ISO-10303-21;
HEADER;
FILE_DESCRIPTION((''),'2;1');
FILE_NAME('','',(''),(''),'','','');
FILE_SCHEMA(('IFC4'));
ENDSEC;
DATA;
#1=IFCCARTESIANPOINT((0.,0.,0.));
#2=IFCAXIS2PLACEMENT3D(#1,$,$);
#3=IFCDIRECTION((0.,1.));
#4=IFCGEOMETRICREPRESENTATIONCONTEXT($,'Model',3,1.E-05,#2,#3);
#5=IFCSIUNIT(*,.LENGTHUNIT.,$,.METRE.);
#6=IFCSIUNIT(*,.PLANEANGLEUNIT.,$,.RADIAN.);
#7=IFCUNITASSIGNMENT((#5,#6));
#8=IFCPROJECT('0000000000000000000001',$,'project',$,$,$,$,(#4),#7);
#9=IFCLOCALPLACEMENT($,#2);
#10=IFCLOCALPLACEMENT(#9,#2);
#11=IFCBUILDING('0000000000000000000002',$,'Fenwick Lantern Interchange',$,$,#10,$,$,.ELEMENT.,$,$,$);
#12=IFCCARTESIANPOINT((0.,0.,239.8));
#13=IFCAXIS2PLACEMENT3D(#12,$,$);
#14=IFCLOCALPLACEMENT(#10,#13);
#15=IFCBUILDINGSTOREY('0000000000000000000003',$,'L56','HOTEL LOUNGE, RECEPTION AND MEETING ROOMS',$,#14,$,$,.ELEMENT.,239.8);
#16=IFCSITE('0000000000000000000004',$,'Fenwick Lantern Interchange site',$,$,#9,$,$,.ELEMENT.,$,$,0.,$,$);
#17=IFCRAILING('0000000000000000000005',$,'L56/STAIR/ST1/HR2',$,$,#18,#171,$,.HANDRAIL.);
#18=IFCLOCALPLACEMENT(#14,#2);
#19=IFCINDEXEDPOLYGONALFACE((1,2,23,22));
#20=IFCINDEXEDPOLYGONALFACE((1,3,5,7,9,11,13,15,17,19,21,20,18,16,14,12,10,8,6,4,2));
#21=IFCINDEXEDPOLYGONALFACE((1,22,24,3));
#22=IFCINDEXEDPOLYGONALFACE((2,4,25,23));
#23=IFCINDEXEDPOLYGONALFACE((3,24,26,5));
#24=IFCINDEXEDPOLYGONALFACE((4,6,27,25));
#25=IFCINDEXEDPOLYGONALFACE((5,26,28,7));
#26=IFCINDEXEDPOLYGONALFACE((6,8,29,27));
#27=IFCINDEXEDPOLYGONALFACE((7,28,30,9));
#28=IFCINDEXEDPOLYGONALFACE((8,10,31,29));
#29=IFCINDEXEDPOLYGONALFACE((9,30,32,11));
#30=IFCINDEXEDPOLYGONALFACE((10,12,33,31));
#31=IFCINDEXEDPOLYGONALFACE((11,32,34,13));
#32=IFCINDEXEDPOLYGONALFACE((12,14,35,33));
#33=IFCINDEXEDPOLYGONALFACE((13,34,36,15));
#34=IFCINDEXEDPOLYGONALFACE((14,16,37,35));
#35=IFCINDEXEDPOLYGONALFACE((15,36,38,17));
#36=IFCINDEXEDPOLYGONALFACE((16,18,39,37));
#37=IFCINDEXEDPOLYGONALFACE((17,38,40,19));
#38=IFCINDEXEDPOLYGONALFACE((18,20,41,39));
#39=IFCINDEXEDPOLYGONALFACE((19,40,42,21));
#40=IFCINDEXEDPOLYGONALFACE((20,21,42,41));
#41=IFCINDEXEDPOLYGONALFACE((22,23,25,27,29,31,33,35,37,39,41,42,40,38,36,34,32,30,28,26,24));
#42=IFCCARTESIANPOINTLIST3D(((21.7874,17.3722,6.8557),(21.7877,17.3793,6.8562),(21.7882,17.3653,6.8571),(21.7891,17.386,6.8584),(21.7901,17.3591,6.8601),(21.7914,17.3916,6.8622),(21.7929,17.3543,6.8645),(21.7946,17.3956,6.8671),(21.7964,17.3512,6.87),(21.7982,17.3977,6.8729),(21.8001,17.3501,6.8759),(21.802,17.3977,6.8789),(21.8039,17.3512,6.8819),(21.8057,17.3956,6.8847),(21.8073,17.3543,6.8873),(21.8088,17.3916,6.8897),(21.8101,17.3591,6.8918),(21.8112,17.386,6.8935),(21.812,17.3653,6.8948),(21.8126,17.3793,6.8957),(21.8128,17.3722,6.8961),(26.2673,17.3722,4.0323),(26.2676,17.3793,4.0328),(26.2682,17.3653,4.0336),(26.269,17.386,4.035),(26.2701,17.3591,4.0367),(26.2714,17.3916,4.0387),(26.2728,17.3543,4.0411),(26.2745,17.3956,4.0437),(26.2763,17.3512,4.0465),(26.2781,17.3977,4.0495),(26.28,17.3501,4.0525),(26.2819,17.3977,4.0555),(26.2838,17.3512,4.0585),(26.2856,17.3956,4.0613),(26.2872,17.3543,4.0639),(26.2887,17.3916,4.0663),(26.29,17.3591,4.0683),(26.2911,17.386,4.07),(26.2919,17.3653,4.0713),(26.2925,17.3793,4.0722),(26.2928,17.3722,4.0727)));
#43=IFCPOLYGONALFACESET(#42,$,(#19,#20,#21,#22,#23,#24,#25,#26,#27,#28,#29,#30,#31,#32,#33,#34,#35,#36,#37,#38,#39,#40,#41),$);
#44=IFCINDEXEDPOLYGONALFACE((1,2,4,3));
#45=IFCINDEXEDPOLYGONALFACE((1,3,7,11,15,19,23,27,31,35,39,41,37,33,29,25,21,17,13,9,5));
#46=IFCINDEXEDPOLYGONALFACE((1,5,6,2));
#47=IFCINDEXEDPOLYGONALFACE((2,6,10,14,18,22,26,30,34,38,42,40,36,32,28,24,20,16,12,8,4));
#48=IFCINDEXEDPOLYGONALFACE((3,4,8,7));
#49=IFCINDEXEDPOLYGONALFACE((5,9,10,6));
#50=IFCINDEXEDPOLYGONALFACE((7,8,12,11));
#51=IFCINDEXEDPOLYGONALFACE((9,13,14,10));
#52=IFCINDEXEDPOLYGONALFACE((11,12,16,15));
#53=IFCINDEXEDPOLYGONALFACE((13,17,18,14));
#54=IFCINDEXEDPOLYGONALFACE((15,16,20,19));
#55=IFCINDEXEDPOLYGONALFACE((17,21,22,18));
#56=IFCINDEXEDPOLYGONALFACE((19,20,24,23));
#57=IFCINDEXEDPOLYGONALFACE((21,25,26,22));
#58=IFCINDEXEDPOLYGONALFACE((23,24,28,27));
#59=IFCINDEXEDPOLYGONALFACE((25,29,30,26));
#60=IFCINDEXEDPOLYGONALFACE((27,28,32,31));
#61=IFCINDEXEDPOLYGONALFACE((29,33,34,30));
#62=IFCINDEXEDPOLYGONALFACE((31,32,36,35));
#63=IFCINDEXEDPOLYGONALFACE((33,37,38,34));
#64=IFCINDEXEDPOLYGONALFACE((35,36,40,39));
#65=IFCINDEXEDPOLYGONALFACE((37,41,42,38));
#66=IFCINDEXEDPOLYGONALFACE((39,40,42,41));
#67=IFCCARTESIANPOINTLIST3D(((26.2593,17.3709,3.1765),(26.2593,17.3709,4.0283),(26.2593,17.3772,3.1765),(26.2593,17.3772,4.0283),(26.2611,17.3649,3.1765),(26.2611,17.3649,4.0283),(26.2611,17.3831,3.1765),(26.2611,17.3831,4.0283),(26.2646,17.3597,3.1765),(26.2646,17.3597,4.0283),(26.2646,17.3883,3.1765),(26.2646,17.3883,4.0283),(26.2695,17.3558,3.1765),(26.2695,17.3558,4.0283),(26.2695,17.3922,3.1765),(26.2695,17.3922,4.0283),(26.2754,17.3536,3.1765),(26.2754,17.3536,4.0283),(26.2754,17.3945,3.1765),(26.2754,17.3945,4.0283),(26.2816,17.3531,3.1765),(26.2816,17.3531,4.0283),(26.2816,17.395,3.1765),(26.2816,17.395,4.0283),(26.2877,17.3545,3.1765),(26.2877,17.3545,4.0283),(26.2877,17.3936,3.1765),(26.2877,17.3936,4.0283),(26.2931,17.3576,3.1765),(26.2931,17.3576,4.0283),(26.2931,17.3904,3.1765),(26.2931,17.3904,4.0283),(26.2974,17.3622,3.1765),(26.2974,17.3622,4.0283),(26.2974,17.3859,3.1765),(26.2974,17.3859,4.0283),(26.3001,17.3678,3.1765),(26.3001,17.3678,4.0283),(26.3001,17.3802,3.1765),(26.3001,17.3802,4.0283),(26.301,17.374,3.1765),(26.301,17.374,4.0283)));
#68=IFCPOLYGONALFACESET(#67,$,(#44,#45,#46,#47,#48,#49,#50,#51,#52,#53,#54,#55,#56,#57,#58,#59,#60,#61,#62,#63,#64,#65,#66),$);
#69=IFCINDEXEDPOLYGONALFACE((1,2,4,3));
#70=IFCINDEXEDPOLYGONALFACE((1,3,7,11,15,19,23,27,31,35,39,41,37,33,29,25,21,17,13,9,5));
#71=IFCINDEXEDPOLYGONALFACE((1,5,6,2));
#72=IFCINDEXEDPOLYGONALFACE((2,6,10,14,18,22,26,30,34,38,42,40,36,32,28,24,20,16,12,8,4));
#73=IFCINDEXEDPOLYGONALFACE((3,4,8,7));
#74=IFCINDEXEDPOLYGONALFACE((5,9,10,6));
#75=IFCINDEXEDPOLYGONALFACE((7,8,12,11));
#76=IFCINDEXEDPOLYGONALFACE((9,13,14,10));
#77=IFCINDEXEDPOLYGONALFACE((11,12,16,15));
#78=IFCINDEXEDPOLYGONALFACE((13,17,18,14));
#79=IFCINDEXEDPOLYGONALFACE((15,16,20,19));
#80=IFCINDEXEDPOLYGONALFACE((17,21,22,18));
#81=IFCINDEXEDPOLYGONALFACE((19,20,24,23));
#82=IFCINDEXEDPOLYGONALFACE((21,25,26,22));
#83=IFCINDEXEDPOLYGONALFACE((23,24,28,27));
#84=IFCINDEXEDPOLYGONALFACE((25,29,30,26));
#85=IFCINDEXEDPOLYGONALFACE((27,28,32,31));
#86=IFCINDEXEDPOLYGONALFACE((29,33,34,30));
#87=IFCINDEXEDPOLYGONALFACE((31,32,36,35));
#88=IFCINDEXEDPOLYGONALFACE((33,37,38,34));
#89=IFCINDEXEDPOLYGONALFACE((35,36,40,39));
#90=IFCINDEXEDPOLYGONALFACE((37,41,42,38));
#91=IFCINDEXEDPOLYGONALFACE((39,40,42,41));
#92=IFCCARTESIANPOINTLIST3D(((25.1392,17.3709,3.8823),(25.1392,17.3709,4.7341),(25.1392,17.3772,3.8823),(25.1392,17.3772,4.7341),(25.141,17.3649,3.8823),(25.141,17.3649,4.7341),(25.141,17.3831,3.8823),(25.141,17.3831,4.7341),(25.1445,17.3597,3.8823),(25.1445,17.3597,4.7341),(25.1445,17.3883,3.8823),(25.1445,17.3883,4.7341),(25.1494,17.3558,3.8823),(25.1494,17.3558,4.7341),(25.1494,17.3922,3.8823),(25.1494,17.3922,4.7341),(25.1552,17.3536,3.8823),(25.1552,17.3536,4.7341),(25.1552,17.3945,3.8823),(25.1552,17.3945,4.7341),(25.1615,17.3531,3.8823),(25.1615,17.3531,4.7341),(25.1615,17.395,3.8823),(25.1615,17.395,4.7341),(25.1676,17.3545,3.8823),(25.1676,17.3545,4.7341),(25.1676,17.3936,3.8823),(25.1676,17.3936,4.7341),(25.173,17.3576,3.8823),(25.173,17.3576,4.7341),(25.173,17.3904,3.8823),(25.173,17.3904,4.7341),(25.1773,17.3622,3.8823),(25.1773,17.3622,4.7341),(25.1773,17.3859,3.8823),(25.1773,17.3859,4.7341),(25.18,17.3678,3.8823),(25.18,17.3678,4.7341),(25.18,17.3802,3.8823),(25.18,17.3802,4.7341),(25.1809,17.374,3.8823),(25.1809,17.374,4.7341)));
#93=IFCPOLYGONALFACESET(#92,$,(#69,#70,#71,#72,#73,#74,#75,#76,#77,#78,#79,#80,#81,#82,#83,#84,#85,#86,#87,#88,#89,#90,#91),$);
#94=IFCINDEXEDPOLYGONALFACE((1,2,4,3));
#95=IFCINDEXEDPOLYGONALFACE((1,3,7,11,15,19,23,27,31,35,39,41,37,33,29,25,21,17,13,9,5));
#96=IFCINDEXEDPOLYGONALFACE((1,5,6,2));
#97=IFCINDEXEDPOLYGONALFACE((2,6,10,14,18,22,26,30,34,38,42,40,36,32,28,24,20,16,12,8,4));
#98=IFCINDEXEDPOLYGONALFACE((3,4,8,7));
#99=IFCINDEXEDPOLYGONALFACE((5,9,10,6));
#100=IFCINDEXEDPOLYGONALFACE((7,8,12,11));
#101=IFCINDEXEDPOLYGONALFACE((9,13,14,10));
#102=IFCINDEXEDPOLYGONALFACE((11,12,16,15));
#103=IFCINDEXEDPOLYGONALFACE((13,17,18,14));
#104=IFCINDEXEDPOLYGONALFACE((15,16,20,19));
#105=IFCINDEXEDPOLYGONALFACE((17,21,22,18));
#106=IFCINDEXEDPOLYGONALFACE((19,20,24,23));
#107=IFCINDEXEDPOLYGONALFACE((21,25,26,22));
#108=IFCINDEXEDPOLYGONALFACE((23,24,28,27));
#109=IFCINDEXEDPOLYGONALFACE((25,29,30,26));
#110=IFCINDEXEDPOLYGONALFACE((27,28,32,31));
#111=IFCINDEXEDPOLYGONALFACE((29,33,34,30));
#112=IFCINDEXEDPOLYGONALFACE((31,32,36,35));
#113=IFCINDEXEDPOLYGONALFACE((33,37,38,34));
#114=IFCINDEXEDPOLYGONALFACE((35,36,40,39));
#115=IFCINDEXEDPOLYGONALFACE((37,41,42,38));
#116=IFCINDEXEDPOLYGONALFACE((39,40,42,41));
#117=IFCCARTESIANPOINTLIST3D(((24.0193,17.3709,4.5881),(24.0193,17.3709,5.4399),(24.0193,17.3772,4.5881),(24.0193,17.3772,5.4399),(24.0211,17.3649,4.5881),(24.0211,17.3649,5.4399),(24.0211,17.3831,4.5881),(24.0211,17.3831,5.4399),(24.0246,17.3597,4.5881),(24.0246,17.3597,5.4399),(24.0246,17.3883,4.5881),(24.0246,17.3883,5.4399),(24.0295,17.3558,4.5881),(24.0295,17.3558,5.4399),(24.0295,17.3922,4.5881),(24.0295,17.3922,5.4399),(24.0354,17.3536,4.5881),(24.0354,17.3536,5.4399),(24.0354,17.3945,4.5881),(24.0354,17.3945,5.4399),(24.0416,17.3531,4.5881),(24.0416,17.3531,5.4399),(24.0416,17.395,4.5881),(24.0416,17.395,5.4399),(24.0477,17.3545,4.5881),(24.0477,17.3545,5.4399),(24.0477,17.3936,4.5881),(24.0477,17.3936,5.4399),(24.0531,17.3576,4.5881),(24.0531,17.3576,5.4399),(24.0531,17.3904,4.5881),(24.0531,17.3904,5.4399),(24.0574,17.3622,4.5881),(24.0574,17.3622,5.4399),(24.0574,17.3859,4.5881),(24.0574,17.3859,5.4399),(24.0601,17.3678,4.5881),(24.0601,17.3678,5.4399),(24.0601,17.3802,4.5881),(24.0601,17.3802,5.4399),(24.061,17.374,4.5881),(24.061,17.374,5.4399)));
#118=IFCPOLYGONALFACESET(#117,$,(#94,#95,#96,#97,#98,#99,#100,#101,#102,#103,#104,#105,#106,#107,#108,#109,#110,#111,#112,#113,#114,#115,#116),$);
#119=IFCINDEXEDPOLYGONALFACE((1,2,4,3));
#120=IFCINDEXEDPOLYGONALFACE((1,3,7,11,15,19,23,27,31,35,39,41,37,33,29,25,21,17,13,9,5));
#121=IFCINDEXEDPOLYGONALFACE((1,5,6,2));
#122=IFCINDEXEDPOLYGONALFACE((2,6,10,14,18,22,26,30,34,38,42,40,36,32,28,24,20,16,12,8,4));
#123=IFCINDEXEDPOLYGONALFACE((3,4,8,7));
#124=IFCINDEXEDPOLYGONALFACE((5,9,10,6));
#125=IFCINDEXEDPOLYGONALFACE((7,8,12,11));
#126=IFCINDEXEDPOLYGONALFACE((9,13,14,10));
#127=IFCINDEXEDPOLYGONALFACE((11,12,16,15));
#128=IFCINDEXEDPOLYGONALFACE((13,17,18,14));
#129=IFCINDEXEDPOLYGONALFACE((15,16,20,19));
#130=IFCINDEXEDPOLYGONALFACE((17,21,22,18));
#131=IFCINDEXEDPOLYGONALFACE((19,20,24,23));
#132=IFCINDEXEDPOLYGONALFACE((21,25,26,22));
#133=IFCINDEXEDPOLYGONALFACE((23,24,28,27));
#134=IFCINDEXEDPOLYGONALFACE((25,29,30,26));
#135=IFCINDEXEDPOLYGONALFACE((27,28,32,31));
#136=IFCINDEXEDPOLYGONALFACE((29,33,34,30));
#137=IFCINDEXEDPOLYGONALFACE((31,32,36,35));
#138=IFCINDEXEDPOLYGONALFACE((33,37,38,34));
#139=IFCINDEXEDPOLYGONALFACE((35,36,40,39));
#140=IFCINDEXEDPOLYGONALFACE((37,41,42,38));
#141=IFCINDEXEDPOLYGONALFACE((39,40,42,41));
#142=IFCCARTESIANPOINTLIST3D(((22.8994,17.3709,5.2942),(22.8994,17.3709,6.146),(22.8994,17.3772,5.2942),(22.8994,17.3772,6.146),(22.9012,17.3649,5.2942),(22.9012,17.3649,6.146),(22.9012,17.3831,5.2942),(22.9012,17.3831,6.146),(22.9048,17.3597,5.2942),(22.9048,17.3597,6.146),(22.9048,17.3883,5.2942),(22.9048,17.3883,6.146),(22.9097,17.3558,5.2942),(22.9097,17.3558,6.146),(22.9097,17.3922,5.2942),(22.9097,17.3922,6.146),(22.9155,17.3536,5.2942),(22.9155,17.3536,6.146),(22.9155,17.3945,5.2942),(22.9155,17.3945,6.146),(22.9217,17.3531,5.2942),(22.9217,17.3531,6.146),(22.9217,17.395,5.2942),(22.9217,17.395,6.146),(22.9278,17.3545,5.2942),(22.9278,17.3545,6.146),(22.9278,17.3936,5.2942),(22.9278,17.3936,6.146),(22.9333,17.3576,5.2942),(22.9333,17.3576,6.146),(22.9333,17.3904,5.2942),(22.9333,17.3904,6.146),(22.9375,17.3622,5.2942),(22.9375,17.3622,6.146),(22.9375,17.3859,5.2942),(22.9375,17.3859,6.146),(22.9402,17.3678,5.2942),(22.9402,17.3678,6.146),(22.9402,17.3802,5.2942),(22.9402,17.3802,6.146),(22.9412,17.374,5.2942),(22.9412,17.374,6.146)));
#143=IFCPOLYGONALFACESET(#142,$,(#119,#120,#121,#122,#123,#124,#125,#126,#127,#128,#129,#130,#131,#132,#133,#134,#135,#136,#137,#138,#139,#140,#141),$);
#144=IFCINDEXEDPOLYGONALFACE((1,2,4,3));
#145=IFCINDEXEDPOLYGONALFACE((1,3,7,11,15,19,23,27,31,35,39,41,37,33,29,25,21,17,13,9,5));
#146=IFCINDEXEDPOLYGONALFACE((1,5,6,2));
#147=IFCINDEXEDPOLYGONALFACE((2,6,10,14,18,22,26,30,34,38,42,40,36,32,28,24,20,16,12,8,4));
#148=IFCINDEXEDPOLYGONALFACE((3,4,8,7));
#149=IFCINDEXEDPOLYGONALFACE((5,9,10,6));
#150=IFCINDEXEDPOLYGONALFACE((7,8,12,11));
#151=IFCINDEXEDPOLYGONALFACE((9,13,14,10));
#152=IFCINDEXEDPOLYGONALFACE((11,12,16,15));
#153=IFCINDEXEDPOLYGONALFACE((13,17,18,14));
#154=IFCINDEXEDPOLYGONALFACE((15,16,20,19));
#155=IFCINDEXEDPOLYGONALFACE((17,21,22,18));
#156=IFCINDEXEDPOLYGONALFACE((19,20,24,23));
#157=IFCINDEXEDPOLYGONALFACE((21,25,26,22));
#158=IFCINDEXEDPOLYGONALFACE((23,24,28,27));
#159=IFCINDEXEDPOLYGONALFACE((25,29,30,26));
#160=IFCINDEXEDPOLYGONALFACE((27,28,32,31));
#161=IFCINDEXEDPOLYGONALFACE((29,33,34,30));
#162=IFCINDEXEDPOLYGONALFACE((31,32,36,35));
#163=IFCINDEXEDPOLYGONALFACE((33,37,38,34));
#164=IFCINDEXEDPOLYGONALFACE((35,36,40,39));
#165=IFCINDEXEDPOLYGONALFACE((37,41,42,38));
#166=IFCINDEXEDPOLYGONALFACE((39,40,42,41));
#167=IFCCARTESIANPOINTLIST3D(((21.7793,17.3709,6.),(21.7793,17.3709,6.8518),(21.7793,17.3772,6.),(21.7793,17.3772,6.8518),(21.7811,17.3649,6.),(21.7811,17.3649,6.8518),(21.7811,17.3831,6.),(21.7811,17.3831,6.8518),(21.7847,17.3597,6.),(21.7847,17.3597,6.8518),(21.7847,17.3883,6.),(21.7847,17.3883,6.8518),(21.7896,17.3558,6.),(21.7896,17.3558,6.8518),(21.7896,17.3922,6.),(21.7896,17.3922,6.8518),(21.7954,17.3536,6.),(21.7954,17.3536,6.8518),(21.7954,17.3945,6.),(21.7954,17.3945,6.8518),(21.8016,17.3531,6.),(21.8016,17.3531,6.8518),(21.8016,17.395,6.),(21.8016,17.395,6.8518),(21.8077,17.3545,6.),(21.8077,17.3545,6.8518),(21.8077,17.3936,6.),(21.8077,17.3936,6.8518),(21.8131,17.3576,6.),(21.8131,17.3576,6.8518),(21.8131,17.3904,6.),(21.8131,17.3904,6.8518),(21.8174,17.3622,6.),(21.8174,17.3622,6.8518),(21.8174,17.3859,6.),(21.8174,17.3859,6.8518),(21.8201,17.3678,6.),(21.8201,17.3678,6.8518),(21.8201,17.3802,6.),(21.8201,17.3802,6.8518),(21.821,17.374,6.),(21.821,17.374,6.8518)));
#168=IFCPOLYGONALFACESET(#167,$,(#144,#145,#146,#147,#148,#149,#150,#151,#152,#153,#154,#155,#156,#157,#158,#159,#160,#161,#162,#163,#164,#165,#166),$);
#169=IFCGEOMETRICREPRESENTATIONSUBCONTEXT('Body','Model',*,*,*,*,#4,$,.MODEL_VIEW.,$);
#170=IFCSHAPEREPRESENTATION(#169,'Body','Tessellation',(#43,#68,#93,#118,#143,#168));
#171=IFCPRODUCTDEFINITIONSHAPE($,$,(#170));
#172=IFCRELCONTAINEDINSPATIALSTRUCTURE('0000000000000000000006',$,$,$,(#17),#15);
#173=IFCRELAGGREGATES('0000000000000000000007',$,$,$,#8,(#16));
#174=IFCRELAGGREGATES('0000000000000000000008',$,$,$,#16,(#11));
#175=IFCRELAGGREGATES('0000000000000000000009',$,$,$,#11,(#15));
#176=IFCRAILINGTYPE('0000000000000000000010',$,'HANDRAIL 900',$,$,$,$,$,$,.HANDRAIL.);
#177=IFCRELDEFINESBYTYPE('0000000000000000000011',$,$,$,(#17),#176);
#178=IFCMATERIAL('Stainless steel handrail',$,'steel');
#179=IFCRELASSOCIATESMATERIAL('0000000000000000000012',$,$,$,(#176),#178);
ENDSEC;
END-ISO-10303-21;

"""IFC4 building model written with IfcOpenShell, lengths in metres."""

from ifc_helpers import new_model, si_unit, direction, frame, origin, origin_2d, place, context, subcontext, project, spatial, circle, extrude, material, type_object, element, save


model = new_model("IFC4")

# Units and contexts
model_context = context("Model", 3, precision=1e-05, world=origin(), true_north=direction((0.0, 1.0)))
body_context = subcontext(model_context, "Body", "Model", "MODEL_VIEW")
ifc_project = project(units=[si_unit("LENGTHUNIT", "METRE"), si_unit("PLANEANGLEUNIT", "RADIAN")], contexts=[model_context])

# Site, building, storey
site_placement = place(None, origin())
site = spatial("IfcSite", under=ifc_project, at=site_placement, Name="Fenwick Lantern Interchange site", CompositionType="ELEMENT", RefElevation=0.0)
building_placement = place(site_placement, origin())
building = spatial("IfcBuilding", under=site, at=building_placement, Name="Fenwick Lantern Interchange", CompositionType="ELEMENT")
storey_placement = place(building_placement, frame((0.0, 0.0, 239.8)))
storey = spatial("IfcBuildingStorey", under=building, at=storey_placement, Name="L56", Description="HOTEL LOUNGE, RECEPTION AND MEETING ROOMS", CompositionType="ELEMENT", Elevation=239.8)

# Railing
ifc_material_1 = material(Name="Stainless steel handrail", Category="steel")
railing_type = type_object("IfcRailingType", Name="HANDRAIL 900", PredefinedType="HANDRAIL", material=ifc_material_1)
railing_placement = place(storey_placement, frame((26.28, 17.374, 3.1765)))
element("IfcRailing", 1, at=railing_placement, inside=storey, type_object=railing_type, Name="L56/STAIR/ST1/HR2", PredefinedType="HANDRAIL", context=body_context, shape_type="SweptSolid", body=[
    extrude(circle(Radius=0.0239, at=origin_2d()), frame((0.0, 0.0, 0.876), z_axis=(-0.845998, 0.0, 0.533186), x_axis=(0.0, -1.0, 0.0)), (0.0, 0.0, 1.0), 5.2954),
    extrude(circle(Radius=0.021, at=origin_2d()), origin(), (0.0, 0.0, 1.0), 0.8518),
    extrude(circle(Radius=0.021, at=origin_2d()), frame((-1.1201, 0.0, 0.7058)), (0.0, 0.0, 1.0), 0.8518),
    extrude(circle(Radius=0.021, at=origin_2d()), frame((-2.24, 0.0, 1.4116)), (0.0, 0.0, 1.0), 0.8518),
    extrude(circle(Radius=0.021, at=origin_2d()), frame((-3.3599, 0.0, 2.1177)), (0.0, 0.0, 1.0), 0.8518),
    extrude(circle(Radius=0.021, at=origin_2d()), frame((-4.48, 0.0, 2.8235)), (0.0, 0.0, 1.0), 0.8518),
])

save(model, "model.ifc")
